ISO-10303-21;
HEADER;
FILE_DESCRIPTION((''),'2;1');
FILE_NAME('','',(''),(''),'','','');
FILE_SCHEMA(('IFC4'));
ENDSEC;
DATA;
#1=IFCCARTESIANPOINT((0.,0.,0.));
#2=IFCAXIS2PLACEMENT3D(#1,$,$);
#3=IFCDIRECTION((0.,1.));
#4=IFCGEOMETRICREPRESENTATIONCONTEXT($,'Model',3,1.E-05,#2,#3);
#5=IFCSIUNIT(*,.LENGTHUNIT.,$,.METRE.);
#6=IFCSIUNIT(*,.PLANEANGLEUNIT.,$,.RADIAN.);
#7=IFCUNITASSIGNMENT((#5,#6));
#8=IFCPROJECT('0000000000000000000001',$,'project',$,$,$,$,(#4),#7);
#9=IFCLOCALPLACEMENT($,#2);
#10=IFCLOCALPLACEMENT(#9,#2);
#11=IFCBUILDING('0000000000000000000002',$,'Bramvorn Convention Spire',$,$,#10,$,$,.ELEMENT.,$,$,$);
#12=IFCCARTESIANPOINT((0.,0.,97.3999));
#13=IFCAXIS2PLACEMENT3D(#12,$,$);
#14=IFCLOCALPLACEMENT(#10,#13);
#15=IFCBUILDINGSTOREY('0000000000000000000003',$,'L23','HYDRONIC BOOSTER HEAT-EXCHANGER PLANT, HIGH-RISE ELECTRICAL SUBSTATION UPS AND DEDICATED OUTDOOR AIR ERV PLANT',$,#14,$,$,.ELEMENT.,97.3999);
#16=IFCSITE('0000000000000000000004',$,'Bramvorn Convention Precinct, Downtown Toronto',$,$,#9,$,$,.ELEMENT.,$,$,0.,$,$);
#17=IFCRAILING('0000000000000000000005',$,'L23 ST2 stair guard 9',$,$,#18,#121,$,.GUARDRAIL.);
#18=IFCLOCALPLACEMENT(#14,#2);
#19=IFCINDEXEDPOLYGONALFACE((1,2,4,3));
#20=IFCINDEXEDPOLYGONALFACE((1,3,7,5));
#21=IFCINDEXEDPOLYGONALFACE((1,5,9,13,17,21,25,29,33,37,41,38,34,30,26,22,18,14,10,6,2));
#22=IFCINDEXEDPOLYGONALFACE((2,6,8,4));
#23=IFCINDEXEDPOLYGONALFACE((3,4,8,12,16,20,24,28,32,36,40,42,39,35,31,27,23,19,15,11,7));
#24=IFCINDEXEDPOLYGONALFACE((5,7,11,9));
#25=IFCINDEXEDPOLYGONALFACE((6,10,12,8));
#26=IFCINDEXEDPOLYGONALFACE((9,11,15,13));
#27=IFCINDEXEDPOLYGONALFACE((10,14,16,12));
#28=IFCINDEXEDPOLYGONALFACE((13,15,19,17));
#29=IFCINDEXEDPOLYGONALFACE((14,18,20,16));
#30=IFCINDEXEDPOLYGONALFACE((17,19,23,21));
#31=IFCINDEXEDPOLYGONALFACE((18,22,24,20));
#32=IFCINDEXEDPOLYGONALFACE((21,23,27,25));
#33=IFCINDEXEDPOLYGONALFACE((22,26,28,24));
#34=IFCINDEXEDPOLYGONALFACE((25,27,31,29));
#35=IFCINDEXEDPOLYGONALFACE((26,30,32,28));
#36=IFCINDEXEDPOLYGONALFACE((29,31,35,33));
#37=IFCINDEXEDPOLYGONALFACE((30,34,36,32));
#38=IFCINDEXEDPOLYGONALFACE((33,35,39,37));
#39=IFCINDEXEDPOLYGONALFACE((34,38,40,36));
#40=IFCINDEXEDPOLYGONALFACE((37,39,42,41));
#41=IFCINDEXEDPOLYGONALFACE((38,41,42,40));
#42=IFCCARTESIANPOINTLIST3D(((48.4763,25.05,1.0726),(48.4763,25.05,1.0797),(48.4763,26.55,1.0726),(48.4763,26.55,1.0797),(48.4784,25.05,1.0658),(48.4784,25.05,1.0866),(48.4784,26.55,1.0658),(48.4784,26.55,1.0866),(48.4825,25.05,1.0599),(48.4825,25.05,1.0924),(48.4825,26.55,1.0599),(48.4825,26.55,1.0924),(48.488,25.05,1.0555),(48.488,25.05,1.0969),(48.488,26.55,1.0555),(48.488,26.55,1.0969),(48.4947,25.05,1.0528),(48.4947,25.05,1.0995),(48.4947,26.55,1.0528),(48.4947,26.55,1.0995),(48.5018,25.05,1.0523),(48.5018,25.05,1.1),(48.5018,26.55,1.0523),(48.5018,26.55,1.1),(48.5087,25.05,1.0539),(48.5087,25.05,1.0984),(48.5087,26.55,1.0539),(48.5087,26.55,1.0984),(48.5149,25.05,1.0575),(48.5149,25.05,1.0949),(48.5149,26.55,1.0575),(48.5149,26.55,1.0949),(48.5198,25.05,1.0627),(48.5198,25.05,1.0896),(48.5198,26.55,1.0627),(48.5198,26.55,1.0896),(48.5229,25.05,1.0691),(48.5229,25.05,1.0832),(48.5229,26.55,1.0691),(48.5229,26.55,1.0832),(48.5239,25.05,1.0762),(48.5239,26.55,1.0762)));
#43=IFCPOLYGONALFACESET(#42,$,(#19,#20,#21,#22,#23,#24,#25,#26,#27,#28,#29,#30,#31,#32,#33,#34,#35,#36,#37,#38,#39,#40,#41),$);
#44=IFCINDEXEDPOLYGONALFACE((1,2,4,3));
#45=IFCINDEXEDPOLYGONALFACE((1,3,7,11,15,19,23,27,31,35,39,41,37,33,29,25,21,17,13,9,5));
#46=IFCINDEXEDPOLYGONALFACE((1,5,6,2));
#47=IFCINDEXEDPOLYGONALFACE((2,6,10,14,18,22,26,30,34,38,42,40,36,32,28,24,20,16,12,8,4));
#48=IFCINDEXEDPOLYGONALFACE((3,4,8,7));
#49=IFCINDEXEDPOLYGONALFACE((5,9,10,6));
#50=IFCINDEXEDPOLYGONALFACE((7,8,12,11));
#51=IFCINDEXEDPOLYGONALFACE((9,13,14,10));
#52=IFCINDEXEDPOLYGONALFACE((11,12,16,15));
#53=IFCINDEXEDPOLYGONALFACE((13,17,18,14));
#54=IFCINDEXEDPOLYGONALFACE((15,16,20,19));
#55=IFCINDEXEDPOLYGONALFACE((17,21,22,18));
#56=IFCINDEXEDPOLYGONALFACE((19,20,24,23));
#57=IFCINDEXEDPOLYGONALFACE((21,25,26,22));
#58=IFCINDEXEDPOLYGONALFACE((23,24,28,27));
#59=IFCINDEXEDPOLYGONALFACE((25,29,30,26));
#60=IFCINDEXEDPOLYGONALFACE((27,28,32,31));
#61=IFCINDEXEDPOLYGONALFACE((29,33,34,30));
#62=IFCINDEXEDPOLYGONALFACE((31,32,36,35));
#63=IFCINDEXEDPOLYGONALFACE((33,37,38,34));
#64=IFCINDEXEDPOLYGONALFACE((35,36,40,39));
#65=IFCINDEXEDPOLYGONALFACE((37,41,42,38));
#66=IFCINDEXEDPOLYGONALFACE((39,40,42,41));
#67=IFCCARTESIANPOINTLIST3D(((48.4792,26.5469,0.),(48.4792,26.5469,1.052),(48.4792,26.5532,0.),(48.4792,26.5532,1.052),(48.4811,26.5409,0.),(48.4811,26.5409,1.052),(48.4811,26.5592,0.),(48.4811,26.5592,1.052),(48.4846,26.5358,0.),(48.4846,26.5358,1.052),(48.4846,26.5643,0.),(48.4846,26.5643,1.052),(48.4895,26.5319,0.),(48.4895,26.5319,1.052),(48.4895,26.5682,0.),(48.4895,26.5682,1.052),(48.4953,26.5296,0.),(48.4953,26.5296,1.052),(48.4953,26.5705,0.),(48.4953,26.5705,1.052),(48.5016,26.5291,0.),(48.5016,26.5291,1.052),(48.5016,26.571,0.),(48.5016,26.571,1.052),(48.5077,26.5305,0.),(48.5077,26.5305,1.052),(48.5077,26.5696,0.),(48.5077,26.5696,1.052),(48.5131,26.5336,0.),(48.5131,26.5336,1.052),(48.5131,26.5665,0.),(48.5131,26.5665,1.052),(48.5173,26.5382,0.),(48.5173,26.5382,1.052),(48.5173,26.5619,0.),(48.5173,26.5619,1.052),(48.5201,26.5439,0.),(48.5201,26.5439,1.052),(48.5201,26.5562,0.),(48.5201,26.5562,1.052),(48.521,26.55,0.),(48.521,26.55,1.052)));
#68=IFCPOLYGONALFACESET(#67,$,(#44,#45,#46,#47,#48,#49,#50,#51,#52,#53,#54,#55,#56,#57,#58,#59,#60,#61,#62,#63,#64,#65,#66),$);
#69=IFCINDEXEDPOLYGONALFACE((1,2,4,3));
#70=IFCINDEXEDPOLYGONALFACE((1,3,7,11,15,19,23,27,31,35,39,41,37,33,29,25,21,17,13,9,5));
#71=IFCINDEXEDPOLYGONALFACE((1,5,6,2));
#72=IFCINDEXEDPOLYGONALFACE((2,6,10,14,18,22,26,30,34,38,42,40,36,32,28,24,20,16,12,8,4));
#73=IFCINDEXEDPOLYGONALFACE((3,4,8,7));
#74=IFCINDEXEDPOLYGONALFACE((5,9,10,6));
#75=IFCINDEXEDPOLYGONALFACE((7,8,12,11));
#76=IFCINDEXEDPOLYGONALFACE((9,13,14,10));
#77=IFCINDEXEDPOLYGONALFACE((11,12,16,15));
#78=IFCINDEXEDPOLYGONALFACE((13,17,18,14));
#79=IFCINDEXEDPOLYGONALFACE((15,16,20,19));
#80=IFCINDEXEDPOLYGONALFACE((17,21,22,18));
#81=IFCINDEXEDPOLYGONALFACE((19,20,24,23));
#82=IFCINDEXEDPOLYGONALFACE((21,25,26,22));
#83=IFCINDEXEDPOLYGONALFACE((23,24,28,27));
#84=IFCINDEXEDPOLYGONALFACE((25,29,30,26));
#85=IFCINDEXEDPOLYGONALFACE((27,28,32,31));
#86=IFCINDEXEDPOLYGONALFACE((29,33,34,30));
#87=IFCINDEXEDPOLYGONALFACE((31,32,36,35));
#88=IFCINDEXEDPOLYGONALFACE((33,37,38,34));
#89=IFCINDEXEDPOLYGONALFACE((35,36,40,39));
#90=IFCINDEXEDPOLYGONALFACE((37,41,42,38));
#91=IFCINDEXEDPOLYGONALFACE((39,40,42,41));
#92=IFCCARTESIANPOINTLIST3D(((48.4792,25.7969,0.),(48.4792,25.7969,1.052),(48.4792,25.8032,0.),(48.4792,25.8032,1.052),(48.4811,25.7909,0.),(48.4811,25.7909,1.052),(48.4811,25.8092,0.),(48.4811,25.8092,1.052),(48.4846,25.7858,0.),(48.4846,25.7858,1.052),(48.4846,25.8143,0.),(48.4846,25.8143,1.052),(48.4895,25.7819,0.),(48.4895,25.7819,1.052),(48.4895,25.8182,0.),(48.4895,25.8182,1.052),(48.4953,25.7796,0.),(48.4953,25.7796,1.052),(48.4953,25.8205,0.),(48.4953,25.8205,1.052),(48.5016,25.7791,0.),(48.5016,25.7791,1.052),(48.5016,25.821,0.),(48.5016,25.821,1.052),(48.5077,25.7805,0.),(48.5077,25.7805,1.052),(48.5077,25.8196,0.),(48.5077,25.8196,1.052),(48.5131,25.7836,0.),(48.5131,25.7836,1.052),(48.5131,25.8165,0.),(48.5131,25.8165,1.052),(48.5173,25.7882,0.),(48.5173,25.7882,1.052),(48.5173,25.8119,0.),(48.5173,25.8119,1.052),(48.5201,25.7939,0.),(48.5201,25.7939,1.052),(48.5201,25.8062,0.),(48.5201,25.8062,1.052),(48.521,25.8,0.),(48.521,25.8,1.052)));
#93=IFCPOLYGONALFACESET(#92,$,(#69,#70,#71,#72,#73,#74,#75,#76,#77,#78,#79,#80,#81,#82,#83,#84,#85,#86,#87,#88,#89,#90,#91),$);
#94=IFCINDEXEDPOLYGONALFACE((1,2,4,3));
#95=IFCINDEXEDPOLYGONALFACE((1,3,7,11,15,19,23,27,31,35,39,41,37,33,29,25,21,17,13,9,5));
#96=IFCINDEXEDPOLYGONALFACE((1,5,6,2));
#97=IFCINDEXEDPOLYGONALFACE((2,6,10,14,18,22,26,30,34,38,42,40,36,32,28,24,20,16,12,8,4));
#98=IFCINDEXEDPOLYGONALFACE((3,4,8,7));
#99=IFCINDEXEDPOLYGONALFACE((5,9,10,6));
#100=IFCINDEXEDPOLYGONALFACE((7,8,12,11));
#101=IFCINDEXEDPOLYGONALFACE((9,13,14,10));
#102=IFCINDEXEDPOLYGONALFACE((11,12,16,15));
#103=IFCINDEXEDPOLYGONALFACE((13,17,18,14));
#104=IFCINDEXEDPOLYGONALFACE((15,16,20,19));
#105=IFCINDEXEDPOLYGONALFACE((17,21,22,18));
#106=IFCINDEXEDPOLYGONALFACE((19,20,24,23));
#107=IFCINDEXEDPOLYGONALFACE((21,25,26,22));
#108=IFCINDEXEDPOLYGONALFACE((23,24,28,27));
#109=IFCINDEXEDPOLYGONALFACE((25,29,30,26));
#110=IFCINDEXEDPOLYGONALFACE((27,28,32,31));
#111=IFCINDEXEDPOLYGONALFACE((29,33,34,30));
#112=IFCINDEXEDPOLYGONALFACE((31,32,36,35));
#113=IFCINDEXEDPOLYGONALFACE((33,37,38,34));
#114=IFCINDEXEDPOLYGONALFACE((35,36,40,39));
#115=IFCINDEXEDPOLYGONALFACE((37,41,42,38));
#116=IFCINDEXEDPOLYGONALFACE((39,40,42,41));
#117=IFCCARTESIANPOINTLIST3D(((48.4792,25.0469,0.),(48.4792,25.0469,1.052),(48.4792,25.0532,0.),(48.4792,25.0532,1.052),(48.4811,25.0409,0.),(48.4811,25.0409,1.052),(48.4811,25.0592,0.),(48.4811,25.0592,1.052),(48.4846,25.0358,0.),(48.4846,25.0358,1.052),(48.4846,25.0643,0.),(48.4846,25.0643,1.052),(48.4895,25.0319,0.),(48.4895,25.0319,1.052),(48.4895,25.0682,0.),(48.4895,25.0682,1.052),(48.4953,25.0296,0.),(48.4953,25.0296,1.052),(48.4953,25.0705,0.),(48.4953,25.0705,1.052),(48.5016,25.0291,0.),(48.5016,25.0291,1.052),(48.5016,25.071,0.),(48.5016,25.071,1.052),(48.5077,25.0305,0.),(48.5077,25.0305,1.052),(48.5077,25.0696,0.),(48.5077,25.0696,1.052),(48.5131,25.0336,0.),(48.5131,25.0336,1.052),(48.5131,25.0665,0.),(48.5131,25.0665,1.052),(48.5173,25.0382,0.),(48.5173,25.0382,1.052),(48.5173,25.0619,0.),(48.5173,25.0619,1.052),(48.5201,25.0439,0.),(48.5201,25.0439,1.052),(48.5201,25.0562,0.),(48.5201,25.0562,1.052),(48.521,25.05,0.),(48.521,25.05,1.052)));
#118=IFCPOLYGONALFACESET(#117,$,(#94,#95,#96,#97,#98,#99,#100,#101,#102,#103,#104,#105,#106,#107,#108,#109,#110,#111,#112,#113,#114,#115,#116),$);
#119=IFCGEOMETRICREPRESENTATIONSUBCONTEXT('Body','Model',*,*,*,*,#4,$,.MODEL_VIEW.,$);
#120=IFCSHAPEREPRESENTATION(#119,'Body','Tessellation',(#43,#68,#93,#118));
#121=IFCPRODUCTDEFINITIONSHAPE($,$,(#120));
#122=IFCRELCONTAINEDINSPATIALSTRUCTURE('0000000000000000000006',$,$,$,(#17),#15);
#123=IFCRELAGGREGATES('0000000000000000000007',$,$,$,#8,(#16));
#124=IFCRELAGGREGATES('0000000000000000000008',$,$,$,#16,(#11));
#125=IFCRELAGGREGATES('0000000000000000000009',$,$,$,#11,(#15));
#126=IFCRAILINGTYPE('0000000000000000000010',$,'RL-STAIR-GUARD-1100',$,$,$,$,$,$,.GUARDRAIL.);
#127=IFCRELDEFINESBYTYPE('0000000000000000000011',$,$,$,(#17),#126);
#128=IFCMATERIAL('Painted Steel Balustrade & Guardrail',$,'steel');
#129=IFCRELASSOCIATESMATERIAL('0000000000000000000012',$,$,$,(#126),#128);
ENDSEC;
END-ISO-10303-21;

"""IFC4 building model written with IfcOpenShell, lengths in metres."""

from ifc_helpers import new_model, si_unit, direction, frame, origin, origin_2d, place, context, subcontext, project, spatial, circle, extrude, material, type_object, element, save


model = new_model("IFC4")

# Units and contexts
model_context = context("Model", 3, precision=1e-05, world=origin(), true_north=direction((0.0, 1.0)))
body_context = subcontext(model_context, "Body", "Model", "MODEL_VIEW")
ifc_project = project(units=[si_unit("LENGTHUNIT", "METRE"), si_unit("PLANEANGLEUNIT", "RADIAN")], contexts=[model_context])

# Site, building, storey
site_placement = place(None, origin())
site = spatial("IfcSite", under=ifc_project, at=site_placement, Name="Bramvorn Convention Precinct, Downtown Toronto", CompositionType="ELEMENT", RefElevation=0.0)
building_placement = place(site_placement, origin())
building = spatial("IfcBuilding", under=site, at=building_placement, Name="Bramvorn Convention Spire", CompositionType="ELEMENT")
storey_placement = place(building_placement, frame((0.0, 0.0, 97.3999)))
storey = spatial("IfcBuildingStorey", under=building, at=storey_placement, Name="L23", Description="HYDRONIC BOOSTER HEAT-EXCHANGER PLANT, HIGH-RISE ELECTRICAL SUBSTATION UPS AND DEDICATED OUTDOOR AIR ERV PLANT", CompositionType="ELEMENT", Elevation=97.3999)

# Railing
ifc_material_1 = material(Name="Painted Steel Balustrade & Guardrail", Category="steel")
railing_type_1 = type_object("IfcRailingType", Name="RL-STAIR-GUARD-1100", PredefinedType="GUARDRAIL", material=ifc_material_1)
for number, where, name in (
    (1, (48.5, 26.55, 0.0), "L23 ST2 stair guard 9"),
):
    element("IfcRailing", number, at=place(storey_placement, frame(where)), inside=storey, type_object=railing_type_1, Name=name, PredefinedType="GUARDRAIL", context=body_context, shape_type="SweptSolid", body=[
        extrude(circle(Radius=0.0239, at=origin_2d()), frame((0.0, 0.0, 1.0762), z_axis=(0.0, -1.0, 0.0), x_axis=(1.0, 0.0, 0.0)), (0.0, 0.0, 1.0), 1.5),
        extrude(circle(Radius=0.021, at=origin_2d()), origin(), (0.0, 0.0, 1.0), 1.052),
        extrude(circle(Radius=0.021, at=origin_2d()), frame((0.0, -0.75, 0.0)), (0.0, 0.0, 1.0), 1.052),
        extrude(circle(Radius=0.021, at=origin_2d()), frame((0.0, -1.5, 0.0)), (0.0, 0.0, 1.0), 1.052),
    ])

save(model, "model.ifc")
